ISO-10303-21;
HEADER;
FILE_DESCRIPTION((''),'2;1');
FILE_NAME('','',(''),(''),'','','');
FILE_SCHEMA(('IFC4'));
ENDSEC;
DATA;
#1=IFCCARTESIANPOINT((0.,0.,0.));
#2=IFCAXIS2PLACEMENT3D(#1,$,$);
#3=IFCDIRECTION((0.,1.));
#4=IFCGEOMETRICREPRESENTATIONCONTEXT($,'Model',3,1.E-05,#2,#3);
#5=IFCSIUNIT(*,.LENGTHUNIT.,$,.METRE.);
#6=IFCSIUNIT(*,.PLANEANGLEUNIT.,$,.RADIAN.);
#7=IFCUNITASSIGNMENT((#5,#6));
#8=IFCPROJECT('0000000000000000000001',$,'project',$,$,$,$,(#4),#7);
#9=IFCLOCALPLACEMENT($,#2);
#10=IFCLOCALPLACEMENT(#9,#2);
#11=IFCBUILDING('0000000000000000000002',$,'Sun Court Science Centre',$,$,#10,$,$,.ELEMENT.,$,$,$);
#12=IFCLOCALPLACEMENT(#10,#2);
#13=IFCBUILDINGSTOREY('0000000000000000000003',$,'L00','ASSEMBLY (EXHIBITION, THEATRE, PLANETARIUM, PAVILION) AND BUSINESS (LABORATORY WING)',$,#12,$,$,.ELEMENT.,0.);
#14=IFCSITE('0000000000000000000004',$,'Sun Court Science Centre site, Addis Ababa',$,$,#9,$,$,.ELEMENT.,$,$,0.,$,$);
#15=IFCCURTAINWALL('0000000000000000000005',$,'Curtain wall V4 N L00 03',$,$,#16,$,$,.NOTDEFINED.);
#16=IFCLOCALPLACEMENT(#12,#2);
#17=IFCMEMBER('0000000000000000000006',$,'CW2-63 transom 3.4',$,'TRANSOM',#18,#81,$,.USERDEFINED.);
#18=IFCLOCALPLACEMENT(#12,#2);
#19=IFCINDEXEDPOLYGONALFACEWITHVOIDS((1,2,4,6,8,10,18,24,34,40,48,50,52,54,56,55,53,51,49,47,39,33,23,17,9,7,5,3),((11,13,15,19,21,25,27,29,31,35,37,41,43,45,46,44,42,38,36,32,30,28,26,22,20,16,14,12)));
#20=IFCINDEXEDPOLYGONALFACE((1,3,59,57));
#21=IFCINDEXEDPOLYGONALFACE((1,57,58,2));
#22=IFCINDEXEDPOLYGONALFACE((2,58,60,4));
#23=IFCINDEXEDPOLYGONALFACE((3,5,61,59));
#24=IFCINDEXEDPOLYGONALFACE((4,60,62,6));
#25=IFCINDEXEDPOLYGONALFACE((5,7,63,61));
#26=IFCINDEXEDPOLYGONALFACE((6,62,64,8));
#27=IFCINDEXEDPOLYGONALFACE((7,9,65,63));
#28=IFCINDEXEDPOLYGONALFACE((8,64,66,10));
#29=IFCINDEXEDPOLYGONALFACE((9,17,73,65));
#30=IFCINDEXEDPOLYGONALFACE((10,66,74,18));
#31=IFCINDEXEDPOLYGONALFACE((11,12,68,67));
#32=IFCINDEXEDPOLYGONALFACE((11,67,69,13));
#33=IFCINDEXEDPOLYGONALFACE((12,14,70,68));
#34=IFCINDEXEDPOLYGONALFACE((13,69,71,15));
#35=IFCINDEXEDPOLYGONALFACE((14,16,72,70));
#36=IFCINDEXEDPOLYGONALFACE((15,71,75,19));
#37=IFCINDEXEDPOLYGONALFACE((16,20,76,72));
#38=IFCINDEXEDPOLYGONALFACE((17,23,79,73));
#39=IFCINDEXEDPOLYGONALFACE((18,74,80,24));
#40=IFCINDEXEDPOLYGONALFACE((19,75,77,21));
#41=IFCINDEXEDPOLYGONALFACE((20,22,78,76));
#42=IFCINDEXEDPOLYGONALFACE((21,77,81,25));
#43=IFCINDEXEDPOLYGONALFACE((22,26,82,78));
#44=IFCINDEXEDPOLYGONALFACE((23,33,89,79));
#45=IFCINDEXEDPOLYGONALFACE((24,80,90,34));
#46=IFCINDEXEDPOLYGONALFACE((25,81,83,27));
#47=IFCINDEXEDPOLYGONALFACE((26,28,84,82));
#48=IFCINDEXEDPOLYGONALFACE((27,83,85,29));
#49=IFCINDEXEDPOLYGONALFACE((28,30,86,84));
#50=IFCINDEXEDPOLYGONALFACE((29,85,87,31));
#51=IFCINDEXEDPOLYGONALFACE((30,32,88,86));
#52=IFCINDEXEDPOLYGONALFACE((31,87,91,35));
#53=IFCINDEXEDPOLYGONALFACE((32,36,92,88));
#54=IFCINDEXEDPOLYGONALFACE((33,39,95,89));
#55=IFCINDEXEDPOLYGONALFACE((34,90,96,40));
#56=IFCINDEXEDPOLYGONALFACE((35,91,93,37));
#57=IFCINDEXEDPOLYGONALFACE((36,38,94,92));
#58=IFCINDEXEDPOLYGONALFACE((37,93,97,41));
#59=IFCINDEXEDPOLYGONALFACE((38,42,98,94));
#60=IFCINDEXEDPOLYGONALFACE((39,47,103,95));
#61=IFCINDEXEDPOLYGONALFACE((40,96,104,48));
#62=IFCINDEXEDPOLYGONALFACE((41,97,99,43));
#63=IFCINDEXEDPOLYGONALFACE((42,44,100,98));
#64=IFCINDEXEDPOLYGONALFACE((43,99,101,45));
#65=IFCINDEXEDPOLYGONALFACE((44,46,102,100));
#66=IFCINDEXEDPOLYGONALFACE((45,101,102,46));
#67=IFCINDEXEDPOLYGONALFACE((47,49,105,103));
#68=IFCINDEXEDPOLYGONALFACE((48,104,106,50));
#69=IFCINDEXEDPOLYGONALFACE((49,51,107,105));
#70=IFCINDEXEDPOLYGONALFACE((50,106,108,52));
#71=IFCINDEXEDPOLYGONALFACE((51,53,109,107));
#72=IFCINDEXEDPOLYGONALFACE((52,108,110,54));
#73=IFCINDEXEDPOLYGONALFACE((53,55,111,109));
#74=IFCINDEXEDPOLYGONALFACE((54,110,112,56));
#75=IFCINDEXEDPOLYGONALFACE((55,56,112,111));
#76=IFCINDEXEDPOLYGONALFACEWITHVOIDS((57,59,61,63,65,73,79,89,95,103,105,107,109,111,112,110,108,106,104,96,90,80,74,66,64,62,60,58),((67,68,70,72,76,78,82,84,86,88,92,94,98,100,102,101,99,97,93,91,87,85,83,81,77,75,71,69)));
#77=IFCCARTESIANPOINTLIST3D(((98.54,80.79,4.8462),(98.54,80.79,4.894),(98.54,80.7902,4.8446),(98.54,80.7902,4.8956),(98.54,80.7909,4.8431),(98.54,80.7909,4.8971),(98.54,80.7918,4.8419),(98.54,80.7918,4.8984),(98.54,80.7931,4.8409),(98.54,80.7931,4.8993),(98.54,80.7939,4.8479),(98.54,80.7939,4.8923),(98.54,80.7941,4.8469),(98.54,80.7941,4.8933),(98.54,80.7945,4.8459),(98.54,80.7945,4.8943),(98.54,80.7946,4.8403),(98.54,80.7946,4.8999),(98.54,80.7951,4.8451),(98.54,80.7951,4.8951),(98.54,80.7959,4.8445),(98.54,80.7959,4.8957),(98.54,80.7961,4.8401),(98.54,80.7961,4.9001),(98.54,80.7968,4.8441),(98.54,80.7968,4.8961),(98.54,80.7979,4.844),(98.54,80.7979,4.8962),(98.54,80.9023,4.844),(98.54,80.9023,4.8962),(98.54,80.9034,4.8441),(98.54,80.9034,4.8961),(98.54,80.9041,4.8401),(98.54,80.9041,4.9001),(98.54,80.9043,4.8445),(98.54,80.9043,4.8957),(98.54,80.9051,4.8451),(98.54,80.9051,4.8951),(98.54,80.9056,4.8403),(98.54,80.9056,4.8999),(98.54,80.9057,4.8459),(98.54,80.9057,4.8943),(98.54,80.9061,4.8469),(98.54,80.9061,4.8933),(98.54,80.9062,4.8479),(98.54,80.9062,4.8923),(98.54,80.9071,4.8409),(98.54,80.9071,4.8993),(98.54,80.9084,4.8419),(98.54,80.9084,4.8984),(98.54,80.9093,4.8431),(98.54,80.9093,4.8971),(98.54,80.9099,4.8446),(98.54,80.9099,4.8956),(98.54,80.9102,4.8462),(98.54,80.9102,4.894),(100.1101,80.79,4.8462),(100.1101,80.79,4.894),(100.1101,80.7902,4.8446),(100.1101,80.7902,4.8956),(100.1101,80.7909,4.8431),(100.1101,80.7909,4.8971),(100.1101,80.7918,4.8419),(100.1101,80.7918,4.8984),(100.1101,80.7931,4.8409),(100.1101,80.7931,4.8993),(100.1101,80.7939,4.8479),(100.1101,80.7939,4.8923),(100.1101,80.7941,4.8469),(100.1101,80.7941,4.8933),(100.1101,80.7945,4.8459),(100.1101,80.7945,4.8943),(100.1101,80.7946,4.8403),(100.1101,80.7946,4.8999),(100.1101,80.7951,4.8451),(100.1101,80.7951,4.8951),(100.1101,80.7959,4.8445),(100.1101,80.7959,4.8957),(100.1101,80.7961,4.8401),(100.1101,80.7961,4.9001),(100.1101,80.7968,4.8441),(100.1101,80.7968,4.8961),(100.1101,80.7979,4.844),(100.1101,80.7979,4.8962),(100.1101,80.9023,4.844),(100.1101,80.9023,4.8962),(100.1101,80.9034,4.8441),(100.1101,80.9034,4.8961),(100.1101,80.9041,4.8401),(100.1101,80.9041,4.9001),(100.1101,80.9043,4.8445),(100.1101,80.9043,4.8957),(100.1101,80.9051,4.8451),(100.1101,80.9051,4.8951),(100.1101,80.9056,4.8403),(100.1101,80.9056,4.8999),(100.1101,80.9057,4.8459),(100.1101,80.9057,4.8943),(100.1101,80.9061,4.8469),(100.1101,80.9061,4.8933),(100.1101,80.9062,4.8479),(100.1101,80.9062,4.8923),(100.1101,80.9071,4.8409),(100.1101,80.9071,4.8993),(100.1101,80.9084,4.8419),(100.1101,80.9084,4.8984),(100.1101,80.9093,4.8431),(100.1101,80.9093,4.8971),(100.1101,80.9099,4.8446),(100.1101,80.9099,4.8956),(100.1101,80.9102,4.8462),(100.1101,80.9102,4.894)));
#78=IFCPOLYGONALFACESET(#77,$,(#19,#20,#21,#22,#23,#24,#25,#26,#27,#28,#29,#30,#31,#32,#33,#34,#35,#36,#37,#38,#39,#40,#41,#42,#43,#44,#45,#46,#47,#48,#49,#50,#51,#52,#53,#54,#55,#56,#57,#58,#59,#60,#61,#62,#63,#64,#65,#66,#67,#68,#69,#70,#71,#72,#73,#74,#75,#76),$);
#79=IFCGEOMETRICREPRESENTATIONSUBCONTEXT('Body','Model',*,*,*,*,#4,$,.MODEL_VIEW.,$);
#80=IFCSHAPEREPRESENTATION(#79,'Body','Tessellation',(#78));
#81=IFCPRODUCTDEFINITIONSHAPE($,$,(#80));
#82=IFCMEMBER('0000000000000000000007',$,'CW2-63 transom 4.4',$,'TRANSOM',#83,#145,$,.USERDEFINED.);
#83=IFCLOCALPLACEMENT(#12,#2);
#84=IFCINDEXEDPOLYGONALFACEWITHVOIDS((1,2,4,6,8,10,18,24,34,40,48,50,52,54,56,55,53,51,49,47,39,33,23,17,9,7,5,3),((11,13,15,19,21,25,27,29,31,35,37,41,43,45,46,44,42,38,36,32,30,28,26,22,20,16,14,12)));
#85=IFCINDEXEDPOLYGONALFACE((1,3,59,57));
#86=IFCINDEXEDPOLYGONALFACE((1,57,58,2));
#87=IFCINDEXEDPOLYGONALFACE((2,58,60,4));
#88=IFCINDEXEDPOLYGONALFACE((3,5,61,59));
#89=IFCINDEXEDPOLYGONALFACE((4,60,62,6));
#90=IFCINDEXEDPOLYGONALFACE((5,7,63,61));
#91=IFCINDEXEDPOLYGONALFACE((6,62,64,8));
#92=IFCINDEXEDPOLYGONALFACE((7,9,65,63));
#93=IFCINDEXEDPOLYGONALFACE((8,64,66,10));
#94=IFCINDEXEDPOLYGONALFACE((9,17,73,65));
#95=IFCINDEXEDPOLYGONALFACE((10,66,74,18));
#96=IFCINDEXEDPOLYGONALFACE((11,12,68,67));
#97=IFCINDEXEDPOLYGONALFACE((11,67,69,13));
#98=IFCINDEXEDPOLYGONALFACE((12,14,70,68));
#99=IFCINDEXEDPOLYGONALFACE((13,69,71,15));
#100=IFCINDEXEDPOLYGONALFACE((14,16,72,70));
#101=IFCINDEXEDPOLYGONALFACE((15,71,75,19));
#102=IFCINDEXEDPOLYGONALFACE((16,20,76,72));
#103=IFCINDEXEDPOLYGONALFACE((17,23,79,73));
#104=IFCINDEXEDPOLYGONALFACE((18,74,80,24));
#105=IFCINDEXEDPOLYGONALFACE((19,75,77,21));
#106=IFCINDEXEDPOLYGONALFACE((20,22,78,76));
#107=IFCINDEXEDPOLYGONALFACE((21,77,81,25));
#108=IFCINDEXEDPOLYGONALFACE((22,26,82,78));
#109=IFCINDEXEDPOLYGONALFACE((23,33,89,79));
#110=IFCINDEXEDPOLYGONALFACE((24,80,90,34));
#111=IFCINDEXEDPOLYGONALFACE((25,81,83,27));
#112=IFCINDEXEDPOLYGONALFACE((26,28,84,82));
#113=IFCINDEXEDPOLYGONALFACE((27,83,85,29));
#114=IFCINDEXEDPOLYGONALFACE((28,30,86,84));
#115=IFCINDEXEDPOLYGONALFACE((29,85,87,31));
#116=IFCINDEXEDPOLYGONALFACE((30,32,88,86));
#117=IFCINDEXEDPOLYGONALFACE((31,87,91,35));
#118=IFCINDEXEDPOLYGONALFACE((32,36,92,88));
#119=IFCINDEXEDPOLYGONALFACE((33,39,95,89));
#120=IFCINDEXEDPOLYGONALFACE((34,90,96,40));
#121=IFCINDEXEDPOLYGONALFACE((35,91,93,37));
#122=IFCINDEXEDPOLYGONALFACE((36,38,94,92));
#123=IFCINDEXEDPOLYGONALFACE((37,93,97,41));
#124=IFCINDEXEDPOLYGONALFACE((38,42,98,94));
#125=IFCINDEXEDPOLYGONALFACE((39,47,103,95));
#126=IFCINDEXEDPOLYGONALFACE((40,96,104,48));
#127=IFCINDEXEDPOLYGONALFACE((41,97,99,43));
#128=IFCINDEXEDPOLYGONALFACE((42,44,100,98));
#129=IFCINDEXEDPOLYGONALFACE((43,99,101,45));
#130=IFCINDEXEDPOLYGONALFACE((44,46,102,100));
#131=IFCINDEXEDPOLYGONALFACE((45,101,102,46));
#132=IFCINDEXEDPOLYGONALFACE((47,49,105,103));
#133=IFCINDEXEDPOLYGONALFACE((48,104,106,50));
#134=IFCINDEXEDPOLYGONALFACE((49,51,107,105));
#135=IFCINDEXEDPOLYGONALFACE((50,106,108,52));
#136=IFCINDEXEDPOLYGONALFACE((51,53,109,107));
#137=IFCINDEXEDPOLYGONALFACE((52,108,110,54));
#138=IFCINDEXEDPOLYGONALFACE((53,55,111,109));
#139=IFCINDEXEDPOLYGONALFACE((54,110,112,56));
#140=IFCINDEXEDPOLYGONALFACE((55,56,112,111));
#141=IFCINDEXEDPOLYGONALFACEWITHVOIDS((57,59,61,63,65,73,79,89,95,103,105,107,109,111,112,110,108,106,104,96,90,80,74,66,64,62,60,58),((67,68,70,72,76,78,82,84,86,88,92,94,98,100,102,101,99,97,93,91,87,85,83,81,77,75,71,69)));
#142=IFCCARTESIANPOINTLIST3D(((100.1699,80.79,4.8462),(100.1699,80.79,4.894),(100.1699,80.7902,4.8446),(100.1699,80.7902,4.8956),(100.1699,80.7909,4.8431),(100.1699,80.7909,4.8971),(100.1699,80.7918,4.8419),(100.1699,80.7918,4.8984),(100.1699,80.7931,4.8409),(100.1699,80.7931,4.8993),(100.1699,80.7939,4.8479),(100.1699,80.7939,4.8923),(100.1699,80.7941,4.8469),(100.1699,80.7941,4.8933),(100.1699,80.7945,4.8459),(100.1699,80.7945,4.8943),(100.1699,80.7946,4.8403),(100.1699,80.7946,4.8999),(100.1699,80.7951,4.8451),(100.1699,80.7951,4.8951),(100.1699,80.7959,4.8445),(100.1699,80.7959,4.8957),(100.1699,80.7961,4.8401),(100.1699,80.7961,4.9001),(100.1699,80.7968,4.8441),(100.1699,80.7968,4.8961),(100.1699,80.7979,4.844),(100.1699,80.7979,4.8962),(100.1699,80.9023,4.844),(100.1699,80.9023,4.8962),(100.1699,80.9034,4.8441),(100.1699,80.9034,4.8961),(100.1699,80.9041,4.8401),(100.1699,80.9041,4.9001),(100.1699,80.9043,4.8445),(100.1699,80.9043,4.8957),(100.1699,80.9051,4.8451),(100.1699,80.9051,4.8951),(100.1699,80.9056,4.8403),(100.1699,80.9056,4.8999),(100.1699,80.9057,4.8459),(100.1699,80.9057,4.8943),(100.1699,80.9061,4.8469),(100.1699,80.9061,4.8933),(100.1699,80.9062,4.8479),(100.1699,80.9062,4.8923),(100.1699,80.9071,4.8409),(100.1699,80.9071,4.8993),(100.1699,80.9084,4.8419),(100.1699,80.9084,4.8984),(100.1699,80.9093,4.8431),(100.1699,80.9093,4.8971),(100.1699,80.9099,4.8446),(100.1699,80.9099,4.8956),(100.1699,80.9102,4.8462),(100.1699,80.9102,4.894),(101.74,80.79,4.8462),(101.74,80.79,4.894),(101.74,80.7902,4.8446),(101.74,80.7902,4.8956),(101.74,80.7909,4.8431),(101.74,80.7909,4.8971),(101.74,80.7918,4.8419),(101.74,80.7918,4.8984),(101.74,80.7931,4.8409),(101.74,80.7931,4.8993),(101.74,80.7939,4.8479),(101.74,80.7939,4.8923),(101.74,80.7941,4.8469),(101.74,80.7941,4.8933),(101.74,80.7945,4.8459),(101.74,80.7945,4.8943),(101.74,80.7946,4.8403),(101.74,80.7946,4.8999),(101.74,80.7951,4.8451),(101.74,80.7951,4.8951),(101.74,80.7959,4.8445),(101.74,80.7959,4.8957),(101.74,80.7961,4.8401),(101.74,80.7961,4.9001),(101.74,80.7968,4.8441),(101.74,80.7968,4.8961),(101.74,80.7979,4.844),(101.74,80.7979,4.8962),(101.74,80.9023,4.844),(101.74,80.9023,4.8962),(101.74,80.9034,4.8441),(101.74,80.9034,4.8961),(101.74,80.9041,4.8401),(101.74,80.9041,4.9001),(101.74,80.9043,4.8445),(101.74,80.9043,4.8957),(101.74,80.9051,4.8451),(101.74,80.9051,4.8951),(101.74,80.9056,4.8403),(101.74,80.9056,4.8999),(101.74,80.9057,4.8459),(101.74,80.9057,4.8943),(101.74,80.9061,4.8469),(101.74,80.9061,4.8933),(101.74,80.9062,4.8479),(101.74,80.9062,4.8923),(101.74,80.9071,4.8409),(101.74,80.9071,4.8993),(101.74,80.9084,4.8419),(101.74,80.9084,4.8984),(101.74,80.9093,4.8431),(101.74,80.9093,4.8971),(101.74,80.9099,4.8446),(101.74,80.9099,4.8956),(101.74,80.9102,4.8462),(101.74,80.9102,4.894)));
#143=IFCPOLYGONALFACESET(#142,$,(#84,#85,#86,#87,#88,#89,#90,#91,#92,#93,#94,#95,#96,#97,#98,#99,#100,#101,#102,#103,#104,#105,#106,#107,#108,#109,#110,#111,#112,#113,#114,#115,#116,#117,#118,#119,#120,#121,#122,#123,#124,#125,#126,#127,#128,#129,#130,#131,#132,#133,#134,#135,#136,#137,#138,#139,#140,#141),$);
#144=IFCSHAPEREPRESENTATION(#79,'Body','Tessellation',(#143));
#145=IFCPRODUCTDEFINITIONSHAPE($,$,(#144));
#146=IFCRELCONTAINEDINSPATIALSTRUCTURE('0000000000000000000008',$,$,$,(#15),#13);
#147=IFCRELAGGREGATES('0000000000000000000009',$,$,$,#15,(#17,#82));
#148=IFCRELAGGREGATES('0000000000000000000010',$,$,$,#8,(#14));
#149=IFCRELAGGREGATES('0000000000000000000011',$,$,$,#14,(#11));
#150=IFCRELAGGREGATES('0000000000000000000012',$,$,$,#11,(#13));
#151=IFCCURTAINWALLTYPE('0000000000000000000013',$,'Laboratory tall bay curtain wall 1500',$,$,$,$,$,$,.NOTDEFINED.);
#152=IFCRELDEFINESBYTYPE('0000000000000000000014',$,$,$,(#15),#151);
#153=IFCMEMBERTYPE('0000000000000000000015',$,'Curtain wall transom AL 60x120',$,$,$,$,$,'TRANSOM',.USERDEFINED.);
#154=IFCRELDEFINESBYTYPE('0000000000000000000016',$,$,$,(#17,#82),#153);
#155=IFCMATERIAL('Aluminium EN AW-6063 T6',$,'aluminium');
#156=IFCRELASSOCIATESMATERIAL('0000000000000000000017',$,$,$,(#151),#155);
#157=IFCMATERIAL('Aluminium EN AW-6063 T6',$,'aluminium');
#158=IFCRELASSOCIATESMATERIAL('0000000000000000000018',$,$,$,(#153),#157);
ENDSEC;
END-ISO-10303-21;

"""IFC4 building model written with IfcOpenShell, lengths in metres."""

from ifc_helpers import new_model, si_unit, direction, frame, origin, origin_2d, place, context, subcontext, project, spatial, hollow_rectangle, extrude, material, material_profile, profile_set, type_object, element, aggregate, save


model = new_model("IFC4")

# Units and contexts
model_context = context("Model", 3, precision=1e-05, world=origin(), true_north=direction((0.0, 1.0)))
body_context = subcontext(model_context, "Body", "Model", "MODEL_VIEW")
ifc_project = project(units=[si_unit("LENGTHUNIT", "METRE"), si_unit("PLANEANGLEUNIT", "RADIAN")], contexts=[model_context])

# Site, building, storey
site_placement = place(None, origin())
site = spatial("IfcSite", under=ifc_project, at=site_placement, Name="Sun Court Science Centre site, Addis Ababa", CompositionType="ELEMENT", RefElevation=0.0)
building_placement = place(site_placement, origin())
building = spatial("IfcBuilding", under=site, at=building_placement, Name="Sun Court Science Centre", CompositionType="ELEMENT")
storey_placement = place(building_placement, origin())
storey = spatial("IfcBuildingStorey", under=building, at=storey_placement, Name="L00", Description="ASSEMBLY (EXHIBITION, THEATRE, PLANETARIUM, PAVILION) AND BUSINESS (LABORATORY WING)", CompositionType="ELEMENT", Elevation=0.0)

# Curtain wall, members
ifc_material_1 = material(Name="Aluminium EN AW-6063 T6", Category="aluminium")
curtain_wall_type = type_object("IfcCurtainWallType", Name="Laboratory tall bay curtain wall 1500", PredefinedType="NOTDEFINED", material=ifc_material_1)
curtain_wall_placement = place(storey_placement, origin())
curtain_wall = element("IfcCurtainWall", 1, at=curtain_wall_placement, inside=storey, type_object=curtain_wall_type, Name="Curtain wall V4 N L00 03", PredefinedType="NOTDEFINED")
ifc_material_2 = material(Name="Aluminium EN AW-6063 T6", Category="aluminium")
ifc_material_profile_1 = material_profile(ifc_material_2, hollow_rectangle(XDim=0.0601, YDim=0.1201, WallThickness=0.0039, InnerFilletRadius=0.0039, OuterFilletRadius=0.0061, at=origin_2d()), Name="AL 60x120x4")
ifc_profile_set_1 = profile_set([ifc_material_profile_1], Name="Aluminium EN AW-6063 T6")
member_type_1 = type_object("IfcMemberType", Name="Curtain wall transom AL 60x120", ElementType="TRANSOM", PredefinedType="USERDEFINED", material=ifc_profile_set_1)
member_1_placement = place(storey_placement, frame((98.54, 80.8501, 4.8701), z_axis=(1.0, 0.0, 0.0), x_axis=(0.0, 0.0, 1.0)))
member_1 = element("IfcMember", 2, at=member_1_placement, type_object=member_type_1, Name="CW2-63 transom 3.4", ObjectType="TRANSOM", PredefinedType="USERDEFINED", context=body_context, shape_type="SweptSolid", body=[
    extrude(hollow_rectangle(XDim=0.0601, YDim=0.1201, WallThickness=0.0039, InnerFilletRadius=0.0039, OuterFilletRadius=0.0061, at=origin_2d()), origin(), (0.0, 0.0, 1.0), 1.5701),
])
member_2_placement = place(storey_placement, frame((100.1699, 80.8501, 4.8701), z_axis=(1.0, 0.0, 0.0), x_axis=(0.0, 0.0, 1.0)))
member_2 = element("IfcMember", 3, at=member_2_placement, type_object=member_type_1, Name="CW2-63 transom 4.4", ObjectType="TRANSOM", PredefinedType="USERDEFINED", context=body_context, shape_type="SweptSolid", body=[
    extrude(hollow_rectangle(XDim=0.0601, YDim=0.1201, WallThickness=0.0039, InnerFilletRadius=0.0039, OuterFilletRadius=0.0061, at=origin_2d()), origin(), (0.0, 0.0, 1.0), 1.5701),
])
aggregate(curtain_wall, [member_1, member_2])

save(model, "model.ifc")
